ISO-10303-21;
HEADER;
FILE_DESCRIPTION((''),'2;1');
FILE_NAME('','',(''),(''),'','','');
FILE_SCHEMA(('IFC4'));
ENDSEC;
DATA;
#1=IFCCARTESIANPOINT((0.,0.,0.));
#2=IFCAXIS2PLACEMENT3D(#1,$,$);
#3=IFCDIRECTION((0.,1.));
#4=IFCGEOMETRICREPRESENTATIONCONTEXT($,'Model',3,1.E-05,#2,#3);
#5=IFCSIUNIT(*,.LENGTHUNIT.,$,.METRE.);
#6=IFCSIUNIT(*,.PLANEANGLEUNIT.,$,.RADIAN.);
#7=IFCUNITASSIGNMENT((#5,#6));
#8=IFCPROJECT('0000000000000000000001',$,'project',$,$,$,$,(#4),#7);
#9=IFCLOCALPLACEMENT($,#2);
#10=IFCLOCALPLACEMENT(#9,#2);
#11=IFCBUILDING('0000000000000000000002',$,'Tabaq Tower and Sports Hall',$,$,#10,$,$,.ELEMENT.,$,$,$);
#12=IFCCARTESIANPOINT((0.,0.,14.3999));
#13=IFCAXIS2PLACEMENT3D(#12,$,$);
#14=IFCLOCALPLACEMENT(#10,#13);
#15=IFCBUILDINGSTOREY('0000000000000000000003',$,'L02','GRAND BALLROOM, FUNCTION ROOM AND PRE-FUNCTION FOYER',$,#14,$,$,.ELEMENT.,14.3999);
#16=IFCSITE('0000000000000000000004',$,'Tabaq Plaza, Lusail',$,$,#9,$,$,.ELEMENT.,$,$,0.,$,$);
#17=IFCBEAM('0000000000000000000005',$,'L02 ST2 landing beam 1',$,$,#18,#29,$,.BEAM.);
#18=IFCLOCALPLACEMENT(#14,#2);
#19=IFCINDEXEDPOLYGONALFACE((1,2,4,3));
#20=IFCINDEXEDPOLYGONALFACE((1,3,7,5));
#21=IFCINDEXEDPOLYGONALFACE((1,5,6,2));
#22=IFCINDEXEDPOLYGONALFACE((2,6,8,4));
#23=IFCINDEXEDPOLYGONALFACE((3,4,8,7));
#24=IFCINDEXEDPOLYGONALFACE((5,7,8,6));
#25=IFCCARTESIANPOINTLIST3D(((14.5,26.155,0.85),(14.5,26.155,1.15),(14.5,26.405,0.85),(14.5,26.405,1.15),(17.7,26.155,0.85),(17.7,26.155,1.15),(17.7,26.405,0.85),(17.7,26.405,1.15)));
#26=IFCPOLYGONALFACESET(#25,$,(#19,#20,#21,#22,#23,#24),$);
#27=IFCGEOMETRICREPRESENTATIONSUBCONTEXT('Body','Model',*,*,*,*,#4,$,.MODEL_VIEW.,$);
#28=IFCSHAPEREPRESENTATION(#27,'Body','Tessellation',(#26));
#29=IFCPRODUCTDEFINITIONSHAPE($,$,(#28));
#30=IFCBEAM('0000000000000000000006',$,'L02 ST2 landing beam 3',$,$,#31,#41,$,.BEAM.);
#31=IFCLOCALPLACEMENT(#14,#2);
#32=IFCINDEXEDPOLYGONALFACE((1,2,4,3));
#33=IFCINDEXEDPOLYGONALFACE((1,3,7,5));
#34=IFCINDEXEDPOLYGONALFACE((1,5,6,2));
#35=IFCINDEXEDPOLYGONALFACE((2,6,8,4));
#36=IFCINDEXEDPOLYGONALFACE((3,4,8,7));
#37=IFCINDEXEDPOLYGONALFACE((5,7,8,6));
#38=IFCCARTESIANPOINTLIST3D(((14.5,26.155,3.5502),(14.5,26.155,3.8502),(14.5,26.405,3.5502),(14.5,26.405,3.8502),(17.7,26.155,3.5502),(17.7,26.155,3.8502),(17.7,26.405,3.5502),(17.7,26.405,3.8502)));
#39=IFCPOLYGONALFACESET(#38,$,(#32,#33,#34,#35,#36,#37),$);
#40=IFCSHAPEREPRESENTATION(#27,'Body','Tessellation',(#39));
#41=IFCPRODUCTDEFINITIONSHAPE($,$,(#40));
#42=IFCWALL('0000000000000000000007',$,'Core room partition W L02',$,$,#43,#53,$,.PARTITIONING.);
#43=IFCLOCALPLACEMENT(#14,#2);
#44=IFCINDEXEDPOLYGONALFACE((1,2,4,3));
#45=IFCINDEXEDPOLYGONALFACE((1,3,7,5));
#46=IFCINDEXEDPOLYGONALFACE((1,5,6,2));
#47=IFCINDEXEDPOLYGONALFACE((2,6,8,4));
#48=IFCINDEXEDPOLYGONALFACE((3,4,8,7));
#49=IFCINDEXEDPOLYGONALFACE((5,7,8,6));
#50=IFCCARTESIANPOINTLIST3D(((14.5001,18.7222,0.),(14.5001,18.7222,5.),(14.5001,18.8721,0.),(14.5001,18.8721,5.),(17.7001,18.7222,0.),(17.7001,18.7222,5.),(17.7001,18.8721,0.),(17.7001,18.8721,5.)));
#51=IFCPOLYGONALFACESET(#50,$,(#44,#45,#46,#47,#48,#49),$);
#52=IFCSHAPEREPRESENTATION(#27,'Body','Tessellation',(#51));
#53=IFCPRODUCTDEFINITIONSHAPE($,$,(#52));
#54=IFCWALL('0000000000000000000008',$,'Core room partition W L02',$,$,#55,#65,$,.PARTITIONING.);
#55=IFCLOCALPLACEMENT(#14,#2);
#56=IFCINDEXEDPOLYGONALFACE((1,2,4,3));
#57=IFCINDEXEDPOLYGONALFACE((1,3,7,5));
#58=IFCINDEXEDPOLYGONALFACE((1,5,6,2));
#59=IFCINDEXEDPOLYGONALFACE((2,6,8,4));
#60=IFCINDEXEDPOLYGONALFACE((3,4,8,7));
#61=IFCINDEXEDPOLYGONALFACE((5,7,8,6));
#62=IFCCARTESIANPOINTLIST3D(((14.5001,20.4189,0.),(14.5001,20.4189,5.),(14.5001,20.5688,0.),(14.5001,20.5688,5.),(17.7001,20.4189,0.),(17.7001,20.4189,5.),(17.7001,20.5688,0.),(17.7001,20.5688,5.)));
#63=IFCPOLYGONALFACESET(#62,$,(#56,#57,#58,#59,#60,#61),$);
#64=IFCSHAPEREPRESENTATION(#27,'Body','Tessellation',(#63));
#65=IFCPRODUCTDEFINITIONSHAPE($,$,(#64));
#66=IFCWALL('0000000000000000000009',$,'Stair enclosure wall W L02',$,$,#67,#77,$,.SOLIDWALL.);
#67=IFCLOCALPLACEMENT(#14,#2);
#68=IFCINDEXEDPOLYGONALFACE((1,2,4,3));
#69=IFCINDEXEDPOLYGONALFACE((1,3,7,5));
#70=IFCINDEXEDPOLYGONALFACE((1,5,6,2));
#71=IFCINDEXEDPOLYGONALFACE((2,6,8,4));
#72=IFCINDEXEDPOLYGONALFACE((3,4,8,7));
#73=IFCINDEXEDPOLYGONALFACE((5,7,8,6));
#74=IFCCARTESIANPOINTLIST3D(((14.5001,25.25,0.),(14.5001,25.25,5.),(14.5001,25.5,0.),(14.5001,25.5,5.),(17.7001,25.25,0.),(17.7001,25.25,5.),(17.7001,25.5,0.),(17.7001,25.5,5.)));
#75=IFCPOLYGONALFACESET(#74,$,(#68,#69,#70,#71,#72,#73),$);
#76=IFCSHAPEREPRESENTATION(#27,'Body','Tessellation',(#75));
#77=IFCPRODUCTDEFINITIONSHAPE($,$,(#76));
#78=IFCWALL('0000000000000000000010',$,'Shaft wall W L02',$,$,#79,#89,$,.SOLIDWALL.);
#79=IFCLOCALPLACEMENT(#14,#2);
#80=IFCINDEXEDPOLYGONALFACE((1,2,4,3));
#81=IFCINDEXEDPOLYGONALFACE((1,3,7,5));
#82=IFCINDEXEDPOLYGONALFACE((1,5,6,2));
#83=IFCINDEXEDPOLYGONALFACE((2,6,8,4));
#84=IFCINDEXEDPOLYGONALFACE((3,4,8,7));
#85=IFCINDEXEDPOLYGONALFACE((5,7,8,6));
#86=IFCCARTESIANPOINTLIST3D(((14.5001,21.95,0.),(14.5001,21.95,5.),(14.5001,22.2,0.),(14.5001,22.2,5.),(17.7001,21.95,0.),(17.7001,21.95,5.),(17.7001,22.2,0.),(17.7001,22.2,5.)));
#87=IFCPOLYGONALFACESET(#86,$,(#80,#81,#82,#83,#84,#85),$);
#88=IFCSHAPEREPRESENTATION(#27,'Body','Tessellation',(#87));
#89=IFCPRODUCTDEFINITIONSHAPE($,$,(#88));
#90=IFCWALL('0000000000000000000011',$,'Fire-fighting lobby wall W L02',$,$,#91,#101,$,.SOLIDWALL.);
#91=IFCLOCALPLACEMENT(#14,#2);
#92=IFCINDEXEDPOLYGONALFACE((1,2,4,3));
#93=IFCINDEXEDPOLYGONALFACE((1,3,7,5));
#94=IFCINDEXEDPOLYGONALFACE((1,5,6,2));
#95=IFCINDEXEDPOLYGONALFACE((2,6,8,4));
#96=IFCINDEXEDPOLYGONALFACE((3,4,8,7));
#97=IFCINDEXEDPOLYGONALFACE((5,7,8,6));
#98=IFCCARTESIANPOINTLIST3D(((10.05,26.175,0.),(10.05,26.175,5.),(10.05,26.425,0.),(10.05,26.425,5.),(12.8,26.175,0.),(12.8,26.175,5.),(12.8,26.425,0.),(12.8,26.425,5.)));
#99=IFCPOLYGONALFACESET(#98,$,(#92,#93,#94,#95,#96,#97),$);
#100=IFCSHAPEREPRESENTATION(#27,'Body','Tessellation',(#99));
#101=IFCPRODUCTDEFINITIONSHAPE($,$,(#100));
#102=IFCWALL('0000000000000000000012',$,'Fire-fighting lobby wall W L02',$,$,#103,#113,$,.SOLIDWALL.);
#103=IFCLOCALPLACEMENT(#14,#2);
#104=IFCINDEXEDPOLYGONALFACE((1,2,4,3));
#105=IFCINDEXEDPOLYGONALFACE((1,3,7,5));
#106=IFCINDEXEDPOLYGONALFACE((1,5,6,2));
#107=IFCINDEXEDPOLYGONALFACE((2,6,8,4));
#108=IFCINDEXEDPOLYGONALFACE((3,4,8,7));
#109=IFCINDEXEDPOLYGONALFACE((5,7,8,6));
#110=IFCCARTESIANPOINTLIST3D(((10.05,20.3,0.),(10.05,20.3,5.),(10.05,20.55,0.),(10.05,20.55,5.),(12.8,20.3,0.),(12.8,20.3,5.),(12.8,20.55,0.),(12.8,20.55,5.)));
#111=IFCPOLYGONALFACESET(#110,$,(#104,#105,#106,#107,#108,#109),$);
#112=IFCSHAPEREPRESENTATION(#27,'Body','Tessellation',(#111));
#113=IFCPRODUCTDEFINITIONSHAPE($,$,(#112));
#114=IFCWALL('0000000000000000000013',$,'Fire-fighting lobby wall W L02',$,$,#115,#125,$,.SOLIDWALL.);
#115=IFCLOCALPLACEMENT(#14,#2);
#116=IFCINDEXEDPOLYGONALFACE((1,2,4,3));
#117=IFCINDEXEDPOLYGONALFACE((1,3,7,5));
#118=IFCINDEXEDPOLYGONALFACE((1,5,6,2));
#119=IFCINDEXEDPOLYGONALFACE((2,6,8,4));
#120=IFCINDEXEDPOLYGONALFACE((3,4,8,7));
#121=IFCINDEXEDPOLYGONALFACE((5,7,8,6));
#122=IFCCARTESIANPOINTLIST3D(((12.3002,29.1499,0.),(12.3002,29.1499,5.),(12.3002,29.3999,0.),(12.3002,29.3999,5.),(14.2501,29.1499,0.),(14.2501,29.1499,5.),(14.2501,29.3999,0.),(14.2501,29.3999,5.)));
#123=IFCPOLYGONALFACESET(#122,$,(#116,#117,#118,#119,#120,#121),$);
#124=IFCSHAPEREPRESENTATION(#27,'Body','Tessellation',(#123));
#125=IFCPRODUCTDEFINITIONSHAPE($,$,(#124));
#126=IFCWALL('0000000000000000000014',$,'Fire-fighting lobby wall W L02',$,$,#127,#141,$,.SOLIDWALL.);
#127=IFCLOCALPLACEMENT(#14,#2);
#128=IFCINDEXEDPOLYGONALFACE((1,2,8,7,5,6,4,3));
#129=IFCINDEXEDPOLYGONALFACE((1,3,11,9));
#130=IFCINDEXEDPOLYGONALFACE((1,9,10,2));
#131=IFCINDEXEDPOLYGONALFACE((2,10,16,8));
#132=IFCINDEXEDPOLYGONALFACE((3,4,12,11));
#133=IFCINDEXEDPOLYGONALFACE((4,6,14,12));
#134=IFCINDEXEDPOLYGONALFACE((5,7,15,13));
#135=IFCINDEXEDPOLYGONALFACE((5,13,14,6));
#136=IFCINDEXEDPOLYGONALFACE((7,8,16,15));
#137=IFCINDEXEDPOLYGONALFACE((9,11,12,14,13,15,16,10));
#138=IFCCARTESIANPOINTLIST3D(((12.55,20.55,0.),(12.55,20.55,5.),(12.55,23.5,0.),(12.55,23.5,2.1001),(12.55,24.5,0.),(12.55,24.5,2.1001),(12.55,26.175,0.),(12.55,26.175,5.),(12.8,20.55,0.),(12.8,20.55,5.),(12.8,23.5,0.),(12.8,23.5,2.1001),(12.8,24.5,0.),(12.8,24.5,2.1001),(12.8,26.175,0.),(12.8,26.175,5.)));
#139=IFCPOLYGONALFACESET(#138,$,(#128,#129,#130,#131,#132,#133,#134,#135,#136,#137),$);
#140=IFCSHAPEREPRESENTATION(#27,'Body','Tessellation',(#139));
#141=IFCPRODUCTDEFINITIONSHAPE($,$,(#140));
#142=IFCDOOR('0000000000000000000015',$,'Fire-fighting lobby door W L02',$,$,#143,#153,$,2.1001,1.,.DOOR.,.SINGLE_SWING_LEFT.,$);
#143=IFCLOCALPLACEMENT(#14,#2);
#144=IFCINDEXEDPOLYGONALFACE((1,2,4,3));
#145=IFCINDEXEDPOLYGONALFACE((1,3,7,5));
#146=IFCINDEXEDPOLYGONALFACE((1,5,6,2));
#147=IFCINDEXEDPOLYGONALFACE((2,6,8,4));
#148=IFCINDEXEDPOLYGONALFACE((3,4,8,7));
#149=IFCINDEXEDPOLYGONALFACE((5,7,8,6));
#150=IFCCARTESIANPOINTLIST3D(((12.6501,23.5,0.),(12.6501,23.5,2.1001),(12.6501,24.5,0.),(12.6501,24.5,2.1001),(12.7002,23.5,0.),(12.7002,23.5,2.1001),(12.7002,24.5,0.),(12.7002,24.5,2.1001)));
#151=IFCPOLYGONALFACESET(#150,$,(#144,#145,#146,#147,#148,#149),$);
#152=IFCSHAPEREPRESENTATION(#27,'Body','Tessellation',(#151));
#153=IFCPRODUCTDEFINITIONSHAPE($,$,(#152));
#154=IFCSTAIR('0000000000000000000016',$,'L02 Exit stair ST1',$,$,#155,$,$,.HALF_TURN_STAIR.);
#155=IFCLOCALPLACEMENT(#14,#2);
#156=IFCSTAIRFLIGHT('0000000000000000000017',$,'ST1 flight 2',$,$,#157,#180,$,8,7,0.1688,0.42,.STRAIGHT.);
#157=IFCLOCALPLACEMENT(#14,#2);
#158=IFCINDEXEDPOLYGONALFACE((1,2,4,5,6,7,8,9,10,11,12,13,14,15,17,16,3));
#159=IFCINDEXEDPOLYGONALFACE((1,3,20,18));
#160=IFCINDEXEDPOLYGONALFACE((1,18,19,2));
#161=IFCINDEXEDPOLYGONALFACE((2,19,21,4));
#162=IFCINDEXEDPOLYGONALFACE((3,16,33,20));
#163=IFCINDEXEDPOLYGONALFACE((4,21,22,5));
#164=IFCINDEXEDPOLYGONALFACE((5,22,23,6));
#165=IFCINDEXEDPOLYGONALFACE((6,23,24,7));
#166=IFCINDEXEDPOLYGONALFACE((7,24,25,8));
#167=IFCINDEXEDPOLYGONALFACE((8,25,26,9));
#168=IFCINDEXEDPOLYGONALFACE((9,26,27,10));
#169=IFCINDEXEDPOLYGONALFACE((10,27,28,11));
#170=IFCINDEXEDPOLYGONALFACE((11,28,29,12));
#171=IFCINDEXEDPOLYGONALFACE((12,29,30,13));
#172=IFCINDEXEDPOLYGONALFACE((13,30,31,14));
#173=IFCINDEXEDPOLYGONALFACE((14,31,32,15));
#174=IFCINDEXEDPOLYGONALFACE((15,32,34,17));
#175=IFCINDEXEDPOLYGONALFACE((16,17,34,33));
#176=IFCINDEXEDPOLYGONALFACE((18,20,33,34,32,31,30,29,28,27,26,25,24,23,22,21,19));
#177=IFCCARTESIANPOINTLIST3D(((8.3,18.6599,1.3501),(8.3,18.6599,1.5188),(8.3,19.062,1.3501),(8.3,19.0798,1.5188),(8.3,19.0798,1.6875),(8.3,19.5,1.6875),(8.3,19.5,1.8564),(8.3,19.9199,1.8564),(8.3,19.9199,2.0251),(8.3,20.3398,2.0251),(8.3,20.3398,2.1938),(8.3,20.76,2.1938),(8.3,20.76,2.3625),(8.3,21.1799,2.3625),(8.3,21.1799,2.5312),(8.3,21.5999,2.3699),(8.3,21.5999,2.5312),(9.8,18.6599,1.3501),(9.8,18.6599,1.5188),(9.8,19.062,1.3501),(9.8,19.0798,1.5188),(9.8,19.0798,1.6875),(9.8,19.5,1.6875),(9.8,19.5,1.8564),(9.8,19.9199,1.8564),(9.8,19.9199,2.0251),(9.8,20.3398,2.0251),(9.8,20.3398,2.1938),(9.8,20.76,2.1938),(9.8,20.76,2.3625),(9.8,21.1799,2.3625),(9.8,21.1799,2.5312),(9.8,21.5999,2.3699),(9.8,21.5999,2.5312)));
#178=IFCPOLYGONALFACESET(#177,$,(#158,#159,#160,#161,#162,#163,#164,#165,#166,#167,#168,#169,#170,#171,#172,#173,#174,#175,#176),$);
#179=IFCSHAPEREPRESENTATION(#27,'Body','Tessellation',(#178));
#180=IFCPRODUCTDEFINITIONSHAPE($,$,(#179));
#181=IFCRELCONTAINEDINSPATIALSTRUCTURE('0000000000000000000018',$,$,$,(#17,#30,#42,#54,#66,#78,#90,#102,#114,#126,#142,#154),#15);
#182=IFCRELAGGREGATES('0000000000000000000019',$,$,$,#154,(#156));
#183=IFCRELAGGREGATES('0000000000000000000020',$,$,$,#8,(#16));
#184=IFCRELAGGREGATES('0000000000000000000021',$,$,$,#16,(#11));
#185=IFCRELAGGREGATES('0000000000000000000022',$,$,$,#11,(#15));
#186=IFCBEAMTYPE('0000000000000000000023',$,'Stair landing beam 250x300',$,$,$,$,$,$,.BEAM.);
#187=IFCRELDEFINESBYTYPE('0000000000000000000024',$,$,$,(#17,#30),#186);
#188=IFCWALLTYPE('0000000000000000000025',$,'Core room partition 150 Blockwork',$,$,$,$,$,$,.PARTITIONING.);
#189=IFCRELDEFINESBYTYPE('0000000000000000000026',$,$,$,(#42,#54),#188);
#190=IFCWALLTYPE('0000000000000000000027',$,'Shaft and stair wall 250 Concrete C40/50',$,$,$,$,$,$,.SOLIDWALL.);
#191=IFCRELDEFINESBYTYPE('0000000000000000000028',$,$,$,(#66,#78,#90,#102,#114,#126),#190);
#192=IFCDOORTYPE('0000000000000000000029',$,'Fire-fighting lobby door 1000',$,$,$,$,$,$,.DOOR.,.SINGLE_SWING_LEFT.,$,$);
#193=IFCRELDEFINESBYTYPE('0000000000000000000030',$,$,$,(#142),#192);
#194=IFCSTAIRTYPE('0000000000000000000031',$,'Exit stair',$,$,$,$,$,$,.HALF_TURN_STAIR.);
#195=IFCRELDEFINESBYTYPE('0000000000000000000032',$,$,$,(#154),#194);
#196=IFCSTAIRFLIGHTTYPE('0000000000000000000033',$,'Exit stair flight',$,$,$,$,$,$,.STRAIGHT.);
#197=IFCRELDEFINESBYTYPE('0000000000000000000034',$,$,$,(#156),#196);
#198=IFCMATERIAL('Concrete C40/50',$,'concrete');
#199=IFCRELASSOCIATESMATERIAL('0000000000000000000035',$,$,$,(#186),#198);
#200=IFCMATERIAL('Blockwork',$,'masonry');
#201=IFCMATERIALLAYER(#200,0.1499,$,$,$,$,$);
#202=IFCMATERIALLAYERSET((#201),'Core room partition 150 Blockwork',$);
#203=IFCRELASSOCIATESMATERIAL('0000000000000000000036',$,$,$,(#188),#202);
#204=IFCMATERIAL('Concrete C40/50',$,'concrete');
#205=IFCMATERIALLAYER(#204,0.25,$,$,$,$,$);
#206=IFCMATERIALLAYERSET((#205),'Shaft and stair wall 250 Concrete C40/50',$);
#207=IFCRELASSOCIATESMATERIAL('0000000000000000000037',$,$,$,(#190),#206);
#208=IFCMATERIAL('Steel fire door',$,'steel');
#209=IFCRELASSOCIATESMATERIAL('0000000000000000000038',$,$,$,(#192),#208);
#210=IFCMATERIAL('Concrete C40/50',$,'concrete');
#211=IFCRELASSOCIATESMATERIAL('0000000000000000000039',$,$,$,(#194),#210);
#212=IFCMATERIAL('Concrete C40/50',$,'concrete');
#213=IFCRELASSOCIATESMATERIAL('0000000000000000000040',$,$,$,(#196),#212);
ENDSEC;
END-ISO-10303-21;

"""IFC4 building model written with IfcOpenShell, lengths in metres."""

from ifc_helpers import new_model, si_unit, direction, frame, frame_2d, origin, origin_2d, place, context, subcontext, project, spatial, polyline, rectangle, outline, extrude, material, layer, layer_set, material_profile, profile_set, type_object, element, fill, aggregate, save


model = new_model("IFC4")

# Units and contexts
model_context = context("Model", 3, precision=1e-05, world=origin(), true_north=direction((0.0, 1.0)))
body_context = subcontext(model_context, "Body", "Model", "MODEL_VIEW")
ifc_project = project(units=[si_unit("LENGTHUNIT", "METRE"), si_unit("PLANEANGLEUNIT", "RADIAN")], contexts=[model_context])

# Site, building, storey
site_placement = place(None, origin())
site = spatial("IfcSite", under=ifc_project, at=site_placement, Name="Tabaq Plaza, Lusail", CompositionType="ELEMENT", RefElevation=0.0)
building_placement = place(site_placement, origin())
building = spatial("IfcBuilding", under=site, at=building_placement, Name="Tabaq Tower and Sports Hall", CompositionType="ELEMENT")
storey_placement = place(building_placement, frame((0.0, 0.0, 14.3999)))
storey = spatial("IfcBuildingStorey", under=building, at=storey_placement, Name="L02", Description="GRAND BALLROOM, FUNCTION ROOM AND PRE-FUNCTION FOYER", CompositionType="ELEMENT", Elevation=14.3999)

# Beams
ifc_material_1 = material(Name="Concrete C40/50", Category="concrete")
ifc_material_profile = material_profile(ifc_material_1, rectangle(XDim=0.25, YDim=0.3, at=origin_2d()), Name="RC 250x300")
ifc_profile_set = profile_set([ifc_material_profile], Name="Concrete C40/50")
beam_type = type_object("IfcBeamType", Name="Stair landing beam 250x300", PredefinedType="BEAM", material=ifc_profile_set)
for number, where, z_axis, x_axis, name in (
    (1, (14.5, 26.28, 1.0), (1.0, 0.0, 0.0), (0.0, 1.0, 0.0), "L02 ST2 landing beam 1"),
    (2, (14.5, 26.28, 3.7002), (1.0, 0.0, 0.0), (0.0, 1.0, 0.0), "L02 ST2 landing beam 3"),
):
    element("IfcBeam", number, at=place(storey_placement, frame(where, z_axis=z_axis, x_axis=x_axis)), inside=storey, type_object=beam_type, Name=name, PredefinedType="BEAM", context=body_context, shape_type="SweptSolid", body=[
        extrude(rectangle(XDim=0.25, YDim=0.3, at=origin_2d()), origin(), (0.0, 0.0, 1.0), 3.2),
    ])

# Walls
ifc_material_2 = material(Name="Blockwork", Category="masonry")
ifc_layer_1 = layer(ifc_material_2, 0.1499)
ifc_layer_set_1 = layer_set([ifc_layer_1], Name="Core room partition 150 Blockwork")
wall_type_1 = type_object("IfcWallType", Name="Core room partition 150 Blockwork", PredefinedType="PARTITIONING", material=ifc_layer_set_1)
for number, where, z_axis, x_axis, name in (
    (3, (14.5, 18.7971, 0.0), (0.0, 0.0, 1.0), (1.0, 0.0, 0.0), "Core room partition W L02"),
    (4, (14.5, 20.4939, 0.0), (0.0, 0.0, 1.0), (1.0, 0.0, 0.0), "Core room partition W L02"),
):
    element("IfcWall", number, at=place(storey_placement, frame(where, z_axis=z_axis, x_axis=x_axis)), inside=storey, type_object=wall_type_1, Name=name, PredefinedType="PARTITIONING", context=body_context, shape_type="SweptSolid", body=[
        extrude(rectangle(XDim=3.2, YDim=0.1499, at=frame_2d((1.6001, 0.0))), origin(), (0.0, 0.0, 1.0), 5.0),
    ])
ifc_material_3 = material(Name="Concrete C40/50", Category="concrete")
ifc_layer_2 = layer(ifc_material_3, 0.25)
ifc_layer_set_2 = layer_set([ifc_layer_2], Name="Shaft and stair wall 250 Concrete C40/50")
wall_type_2 = type_object("IfcWallType", Name="Shaft and stair wall 250 Concrete C40/50", PredefinedType="SOLIDWALL", material=ifc_layer_set_2)
for number, where, z_axis, x_axis, name in (
    (5, (14.5, 25.375, 0.0), (0.0, 0.0, 1.0), (1.0, 0.0, 0.0), "Stair enclosure wall W L02"),
    (6, (14.5, 22.075, 0.0), (0.0, 0.0, 1.0), (1.0, 0.0, 0.0), "Shaft wall W L02"),
):
    element("IfcWall", number, at=place(storey_placement, frame(where, z_axis=z_axis, x_axis=x_axis)), inside=storey, type_object=wall_type_2, Name=name, PredefinedType="SOLIDWALL", context=body_context, shape_type="SweptSolid", body=[
        extrude(rectangle(XDim=3.2, YDim=0.25, at=frame_2d((1.6001, 0.0))), origin(), (0.0, 0.0, 1.0), 5.0),
    ])
for number, where, z_axis, x_axis, name in (
    (7, (10.05, 26.3, 0.0), (0.0, 0.0, 1.0), (1.0, 0.0, 0.0), "Fire-fighting lobby wall W L02"),
    (8, (10.05, 20.425, 0.0), (0.0, 0.0, 1.0), (1.0, 0.0, 0.0), "Fire-fighting lobby wall W L02"),
):
    element("IfcWall", number, at=place(storey_placement, frame(where, z_axis=z_axis, x_axis=x_axis)), inside=storey, type_object=wall_type_2, Name=name, PredefinedType="SOLIDWALL", context=body_context, shape_type="SweptSolid", body=[
        extrude(rectangle(XDim=2.75, YDim=0.25, at=frame_2d((1.375, 0.0))), origin(), (0.0, 0.0, 1.0), 5.0),
    ])
wall_1_placement = place(storey_placement, frame((12.3, 29.2749, 0.0), z_axis=(0.0, 0.0, 1.0), x_axis=(1.0, 0.0, 0.0)))
element("IfcWall", 9, at=wall_1_placement, inside=storey, type_object=wall_type_2, Name="Fire-fighting lobby wall W L02", PredefinedType="SOLIDWALL", context=body_context, shape_type="SweptSolid", body=[
    extrude(rectangle(XDim=1.95, YDim=0.25, at=frame_2d((0.9751, 0.0))), origin(), (0.0, 0.0, 1.0), 5.0),
])

# Wall, opening, door
wall_2_placement = place(storey_placement, frame((12.675, 20.55, 0.0), z_axis=(0.0, 0.0, 1.0), x_axis=(0.0, 1.0, 0.0)))
wall_2 = element("IfcWall", 10, at=wall_2_placement, inside=storey, type_object=wall_type_2, Name="Fire-fighting lobby wall W L02", PredefinedType="SOLIDWALL", context=body_context, shape_type="SweptSolid", body=[
    extrude(rectangle(XDim=5.625, YDim=0.25, at=frame_2d((2.8125, 0.0))), origin(), (0.0, 0.0, 1.0), 5.0),
])
opening_placement = place(wall_2_placement, frame((2.95, 0.0, 0.0)))
opening = element("IfcOpeningElement", 11, at=opening_placement, cuts=wall_2, PredefinedType="OPENING", context=body_context, shape_type="SweptSolid", body=[
    extrude(rectangle(XDim=1.0, YDim=2.1001, at=frame_2d((0.5, 1.05))), frame((0.0, 0.125, 0.0), z_axis=(0.0, -1.0, 0.0), x_axis=(1.0, 0.0, 0.0)), (0.0, 0.0, 1.0), 0.25),
])
ifc_material_4 = material(Name="Steel fire door", Category="steel")
door_type = type_object("IfcDoorType", Name="Fire-fighting lobby door 1000", OperationType="SINGLE_SWING_LEFT", PredefinedType="DOOR", material=ifc_material_4)
door_placement = place(opening_placement, origin())
door = element("IfcDoor", 12, at=door_placement, inside=storey, type_object=door_type, Name="Fire-fighting lobby door W L02", OperationType="SINGLE_SWING_LEFT", OverallHeight=2.1001, OverallWidth=1.0, PredefinedType="DOOR", context=body_context, shape_type="SweptSolid", body=[
    extrude(rectangle(XDim=1.0, YDim=2.1001, at=frame_2d((0.5, 1.05))), frame((0.0, 0.0249, 0.0), z_axis=(0.0, -1.0, 0.0), x_axis=(1.0, 0.0, 0.0)), (0.0, 0.0, 1.0), 0.05),
])
fill(opening, door)

# Stair, stair flight
ifc_material_5 = material(Name="Concrete C40/50", Category="concrete")
stair_type = type_object("IfcStairType", Name="Exit stair", PredefinedType="HALF_TURN_STAIR", material=ifc_material_5)
stair_1_placement = place(storey_placement, origin())
stair_1 = element("IfcStair", 13, at=stair_1_placement, inside=storey, type_object=stair_type, Name="L02 Exit stair ST1", PredefinedType="HALF_TURN_STAIR")
ifc_material_6 = material(Name="Concrete C40/50", Category="concrete")
stair_flight_type = type_object("IfcStairFlightType", Name="Exit stair flight", PredefinedType="STRAIGHT", material=ifc_material_6)
stair_flight_1_placement = place(storey_placement, frame((9.05, 18.6599, 1.3501), z_axis=(0.0, 0.0, 1.0), x_axis=(0.0, 1.0, 0.0)))
stair_flight_1 = element("IfcStairFlight", 14, at=stair_flight_1_placement, type_object=stair_flight_type, Name="ST1 flight 2", NumberOfRisers=8, NumberOfTreads=7, PredefinedType="STRAIGHT", RiserHeight=0.1688, TreadLength=0.42, context=body_context, shape_type="SweptSolid", body=[
    extrude(outline(polyline([(0.0, 0.0), (0.0, 0.1687), (0.4199, 0.1687), (0.4199, 0.3374), (0.8401, 0.3374), (0.8401, 0.5063), (1.26, 0.5063), (1.26, 0.675), (1.6799, 0.675), (1.6799, 0.8438), (2.1001, 0.8438), (2.1001, 1.0125), (2.52, 1.0125), (2.52, 1.1812), (2.9399, 1.1812), (2.9399, 1.3501), (2.9399, 1.0198), (0.4021, 0.0), (0.0, 0.0)])), frame((0.0, 0.75, 0.0), z_axis=(0.0, -1.0, 0.0), x_axis=(1.0, 0.0, 0.0)), (0.0, 0.0, 1.0), 1.5),
])
aggregate(stair_1, [stair_flight_1])

save(model, "model.ifc")
